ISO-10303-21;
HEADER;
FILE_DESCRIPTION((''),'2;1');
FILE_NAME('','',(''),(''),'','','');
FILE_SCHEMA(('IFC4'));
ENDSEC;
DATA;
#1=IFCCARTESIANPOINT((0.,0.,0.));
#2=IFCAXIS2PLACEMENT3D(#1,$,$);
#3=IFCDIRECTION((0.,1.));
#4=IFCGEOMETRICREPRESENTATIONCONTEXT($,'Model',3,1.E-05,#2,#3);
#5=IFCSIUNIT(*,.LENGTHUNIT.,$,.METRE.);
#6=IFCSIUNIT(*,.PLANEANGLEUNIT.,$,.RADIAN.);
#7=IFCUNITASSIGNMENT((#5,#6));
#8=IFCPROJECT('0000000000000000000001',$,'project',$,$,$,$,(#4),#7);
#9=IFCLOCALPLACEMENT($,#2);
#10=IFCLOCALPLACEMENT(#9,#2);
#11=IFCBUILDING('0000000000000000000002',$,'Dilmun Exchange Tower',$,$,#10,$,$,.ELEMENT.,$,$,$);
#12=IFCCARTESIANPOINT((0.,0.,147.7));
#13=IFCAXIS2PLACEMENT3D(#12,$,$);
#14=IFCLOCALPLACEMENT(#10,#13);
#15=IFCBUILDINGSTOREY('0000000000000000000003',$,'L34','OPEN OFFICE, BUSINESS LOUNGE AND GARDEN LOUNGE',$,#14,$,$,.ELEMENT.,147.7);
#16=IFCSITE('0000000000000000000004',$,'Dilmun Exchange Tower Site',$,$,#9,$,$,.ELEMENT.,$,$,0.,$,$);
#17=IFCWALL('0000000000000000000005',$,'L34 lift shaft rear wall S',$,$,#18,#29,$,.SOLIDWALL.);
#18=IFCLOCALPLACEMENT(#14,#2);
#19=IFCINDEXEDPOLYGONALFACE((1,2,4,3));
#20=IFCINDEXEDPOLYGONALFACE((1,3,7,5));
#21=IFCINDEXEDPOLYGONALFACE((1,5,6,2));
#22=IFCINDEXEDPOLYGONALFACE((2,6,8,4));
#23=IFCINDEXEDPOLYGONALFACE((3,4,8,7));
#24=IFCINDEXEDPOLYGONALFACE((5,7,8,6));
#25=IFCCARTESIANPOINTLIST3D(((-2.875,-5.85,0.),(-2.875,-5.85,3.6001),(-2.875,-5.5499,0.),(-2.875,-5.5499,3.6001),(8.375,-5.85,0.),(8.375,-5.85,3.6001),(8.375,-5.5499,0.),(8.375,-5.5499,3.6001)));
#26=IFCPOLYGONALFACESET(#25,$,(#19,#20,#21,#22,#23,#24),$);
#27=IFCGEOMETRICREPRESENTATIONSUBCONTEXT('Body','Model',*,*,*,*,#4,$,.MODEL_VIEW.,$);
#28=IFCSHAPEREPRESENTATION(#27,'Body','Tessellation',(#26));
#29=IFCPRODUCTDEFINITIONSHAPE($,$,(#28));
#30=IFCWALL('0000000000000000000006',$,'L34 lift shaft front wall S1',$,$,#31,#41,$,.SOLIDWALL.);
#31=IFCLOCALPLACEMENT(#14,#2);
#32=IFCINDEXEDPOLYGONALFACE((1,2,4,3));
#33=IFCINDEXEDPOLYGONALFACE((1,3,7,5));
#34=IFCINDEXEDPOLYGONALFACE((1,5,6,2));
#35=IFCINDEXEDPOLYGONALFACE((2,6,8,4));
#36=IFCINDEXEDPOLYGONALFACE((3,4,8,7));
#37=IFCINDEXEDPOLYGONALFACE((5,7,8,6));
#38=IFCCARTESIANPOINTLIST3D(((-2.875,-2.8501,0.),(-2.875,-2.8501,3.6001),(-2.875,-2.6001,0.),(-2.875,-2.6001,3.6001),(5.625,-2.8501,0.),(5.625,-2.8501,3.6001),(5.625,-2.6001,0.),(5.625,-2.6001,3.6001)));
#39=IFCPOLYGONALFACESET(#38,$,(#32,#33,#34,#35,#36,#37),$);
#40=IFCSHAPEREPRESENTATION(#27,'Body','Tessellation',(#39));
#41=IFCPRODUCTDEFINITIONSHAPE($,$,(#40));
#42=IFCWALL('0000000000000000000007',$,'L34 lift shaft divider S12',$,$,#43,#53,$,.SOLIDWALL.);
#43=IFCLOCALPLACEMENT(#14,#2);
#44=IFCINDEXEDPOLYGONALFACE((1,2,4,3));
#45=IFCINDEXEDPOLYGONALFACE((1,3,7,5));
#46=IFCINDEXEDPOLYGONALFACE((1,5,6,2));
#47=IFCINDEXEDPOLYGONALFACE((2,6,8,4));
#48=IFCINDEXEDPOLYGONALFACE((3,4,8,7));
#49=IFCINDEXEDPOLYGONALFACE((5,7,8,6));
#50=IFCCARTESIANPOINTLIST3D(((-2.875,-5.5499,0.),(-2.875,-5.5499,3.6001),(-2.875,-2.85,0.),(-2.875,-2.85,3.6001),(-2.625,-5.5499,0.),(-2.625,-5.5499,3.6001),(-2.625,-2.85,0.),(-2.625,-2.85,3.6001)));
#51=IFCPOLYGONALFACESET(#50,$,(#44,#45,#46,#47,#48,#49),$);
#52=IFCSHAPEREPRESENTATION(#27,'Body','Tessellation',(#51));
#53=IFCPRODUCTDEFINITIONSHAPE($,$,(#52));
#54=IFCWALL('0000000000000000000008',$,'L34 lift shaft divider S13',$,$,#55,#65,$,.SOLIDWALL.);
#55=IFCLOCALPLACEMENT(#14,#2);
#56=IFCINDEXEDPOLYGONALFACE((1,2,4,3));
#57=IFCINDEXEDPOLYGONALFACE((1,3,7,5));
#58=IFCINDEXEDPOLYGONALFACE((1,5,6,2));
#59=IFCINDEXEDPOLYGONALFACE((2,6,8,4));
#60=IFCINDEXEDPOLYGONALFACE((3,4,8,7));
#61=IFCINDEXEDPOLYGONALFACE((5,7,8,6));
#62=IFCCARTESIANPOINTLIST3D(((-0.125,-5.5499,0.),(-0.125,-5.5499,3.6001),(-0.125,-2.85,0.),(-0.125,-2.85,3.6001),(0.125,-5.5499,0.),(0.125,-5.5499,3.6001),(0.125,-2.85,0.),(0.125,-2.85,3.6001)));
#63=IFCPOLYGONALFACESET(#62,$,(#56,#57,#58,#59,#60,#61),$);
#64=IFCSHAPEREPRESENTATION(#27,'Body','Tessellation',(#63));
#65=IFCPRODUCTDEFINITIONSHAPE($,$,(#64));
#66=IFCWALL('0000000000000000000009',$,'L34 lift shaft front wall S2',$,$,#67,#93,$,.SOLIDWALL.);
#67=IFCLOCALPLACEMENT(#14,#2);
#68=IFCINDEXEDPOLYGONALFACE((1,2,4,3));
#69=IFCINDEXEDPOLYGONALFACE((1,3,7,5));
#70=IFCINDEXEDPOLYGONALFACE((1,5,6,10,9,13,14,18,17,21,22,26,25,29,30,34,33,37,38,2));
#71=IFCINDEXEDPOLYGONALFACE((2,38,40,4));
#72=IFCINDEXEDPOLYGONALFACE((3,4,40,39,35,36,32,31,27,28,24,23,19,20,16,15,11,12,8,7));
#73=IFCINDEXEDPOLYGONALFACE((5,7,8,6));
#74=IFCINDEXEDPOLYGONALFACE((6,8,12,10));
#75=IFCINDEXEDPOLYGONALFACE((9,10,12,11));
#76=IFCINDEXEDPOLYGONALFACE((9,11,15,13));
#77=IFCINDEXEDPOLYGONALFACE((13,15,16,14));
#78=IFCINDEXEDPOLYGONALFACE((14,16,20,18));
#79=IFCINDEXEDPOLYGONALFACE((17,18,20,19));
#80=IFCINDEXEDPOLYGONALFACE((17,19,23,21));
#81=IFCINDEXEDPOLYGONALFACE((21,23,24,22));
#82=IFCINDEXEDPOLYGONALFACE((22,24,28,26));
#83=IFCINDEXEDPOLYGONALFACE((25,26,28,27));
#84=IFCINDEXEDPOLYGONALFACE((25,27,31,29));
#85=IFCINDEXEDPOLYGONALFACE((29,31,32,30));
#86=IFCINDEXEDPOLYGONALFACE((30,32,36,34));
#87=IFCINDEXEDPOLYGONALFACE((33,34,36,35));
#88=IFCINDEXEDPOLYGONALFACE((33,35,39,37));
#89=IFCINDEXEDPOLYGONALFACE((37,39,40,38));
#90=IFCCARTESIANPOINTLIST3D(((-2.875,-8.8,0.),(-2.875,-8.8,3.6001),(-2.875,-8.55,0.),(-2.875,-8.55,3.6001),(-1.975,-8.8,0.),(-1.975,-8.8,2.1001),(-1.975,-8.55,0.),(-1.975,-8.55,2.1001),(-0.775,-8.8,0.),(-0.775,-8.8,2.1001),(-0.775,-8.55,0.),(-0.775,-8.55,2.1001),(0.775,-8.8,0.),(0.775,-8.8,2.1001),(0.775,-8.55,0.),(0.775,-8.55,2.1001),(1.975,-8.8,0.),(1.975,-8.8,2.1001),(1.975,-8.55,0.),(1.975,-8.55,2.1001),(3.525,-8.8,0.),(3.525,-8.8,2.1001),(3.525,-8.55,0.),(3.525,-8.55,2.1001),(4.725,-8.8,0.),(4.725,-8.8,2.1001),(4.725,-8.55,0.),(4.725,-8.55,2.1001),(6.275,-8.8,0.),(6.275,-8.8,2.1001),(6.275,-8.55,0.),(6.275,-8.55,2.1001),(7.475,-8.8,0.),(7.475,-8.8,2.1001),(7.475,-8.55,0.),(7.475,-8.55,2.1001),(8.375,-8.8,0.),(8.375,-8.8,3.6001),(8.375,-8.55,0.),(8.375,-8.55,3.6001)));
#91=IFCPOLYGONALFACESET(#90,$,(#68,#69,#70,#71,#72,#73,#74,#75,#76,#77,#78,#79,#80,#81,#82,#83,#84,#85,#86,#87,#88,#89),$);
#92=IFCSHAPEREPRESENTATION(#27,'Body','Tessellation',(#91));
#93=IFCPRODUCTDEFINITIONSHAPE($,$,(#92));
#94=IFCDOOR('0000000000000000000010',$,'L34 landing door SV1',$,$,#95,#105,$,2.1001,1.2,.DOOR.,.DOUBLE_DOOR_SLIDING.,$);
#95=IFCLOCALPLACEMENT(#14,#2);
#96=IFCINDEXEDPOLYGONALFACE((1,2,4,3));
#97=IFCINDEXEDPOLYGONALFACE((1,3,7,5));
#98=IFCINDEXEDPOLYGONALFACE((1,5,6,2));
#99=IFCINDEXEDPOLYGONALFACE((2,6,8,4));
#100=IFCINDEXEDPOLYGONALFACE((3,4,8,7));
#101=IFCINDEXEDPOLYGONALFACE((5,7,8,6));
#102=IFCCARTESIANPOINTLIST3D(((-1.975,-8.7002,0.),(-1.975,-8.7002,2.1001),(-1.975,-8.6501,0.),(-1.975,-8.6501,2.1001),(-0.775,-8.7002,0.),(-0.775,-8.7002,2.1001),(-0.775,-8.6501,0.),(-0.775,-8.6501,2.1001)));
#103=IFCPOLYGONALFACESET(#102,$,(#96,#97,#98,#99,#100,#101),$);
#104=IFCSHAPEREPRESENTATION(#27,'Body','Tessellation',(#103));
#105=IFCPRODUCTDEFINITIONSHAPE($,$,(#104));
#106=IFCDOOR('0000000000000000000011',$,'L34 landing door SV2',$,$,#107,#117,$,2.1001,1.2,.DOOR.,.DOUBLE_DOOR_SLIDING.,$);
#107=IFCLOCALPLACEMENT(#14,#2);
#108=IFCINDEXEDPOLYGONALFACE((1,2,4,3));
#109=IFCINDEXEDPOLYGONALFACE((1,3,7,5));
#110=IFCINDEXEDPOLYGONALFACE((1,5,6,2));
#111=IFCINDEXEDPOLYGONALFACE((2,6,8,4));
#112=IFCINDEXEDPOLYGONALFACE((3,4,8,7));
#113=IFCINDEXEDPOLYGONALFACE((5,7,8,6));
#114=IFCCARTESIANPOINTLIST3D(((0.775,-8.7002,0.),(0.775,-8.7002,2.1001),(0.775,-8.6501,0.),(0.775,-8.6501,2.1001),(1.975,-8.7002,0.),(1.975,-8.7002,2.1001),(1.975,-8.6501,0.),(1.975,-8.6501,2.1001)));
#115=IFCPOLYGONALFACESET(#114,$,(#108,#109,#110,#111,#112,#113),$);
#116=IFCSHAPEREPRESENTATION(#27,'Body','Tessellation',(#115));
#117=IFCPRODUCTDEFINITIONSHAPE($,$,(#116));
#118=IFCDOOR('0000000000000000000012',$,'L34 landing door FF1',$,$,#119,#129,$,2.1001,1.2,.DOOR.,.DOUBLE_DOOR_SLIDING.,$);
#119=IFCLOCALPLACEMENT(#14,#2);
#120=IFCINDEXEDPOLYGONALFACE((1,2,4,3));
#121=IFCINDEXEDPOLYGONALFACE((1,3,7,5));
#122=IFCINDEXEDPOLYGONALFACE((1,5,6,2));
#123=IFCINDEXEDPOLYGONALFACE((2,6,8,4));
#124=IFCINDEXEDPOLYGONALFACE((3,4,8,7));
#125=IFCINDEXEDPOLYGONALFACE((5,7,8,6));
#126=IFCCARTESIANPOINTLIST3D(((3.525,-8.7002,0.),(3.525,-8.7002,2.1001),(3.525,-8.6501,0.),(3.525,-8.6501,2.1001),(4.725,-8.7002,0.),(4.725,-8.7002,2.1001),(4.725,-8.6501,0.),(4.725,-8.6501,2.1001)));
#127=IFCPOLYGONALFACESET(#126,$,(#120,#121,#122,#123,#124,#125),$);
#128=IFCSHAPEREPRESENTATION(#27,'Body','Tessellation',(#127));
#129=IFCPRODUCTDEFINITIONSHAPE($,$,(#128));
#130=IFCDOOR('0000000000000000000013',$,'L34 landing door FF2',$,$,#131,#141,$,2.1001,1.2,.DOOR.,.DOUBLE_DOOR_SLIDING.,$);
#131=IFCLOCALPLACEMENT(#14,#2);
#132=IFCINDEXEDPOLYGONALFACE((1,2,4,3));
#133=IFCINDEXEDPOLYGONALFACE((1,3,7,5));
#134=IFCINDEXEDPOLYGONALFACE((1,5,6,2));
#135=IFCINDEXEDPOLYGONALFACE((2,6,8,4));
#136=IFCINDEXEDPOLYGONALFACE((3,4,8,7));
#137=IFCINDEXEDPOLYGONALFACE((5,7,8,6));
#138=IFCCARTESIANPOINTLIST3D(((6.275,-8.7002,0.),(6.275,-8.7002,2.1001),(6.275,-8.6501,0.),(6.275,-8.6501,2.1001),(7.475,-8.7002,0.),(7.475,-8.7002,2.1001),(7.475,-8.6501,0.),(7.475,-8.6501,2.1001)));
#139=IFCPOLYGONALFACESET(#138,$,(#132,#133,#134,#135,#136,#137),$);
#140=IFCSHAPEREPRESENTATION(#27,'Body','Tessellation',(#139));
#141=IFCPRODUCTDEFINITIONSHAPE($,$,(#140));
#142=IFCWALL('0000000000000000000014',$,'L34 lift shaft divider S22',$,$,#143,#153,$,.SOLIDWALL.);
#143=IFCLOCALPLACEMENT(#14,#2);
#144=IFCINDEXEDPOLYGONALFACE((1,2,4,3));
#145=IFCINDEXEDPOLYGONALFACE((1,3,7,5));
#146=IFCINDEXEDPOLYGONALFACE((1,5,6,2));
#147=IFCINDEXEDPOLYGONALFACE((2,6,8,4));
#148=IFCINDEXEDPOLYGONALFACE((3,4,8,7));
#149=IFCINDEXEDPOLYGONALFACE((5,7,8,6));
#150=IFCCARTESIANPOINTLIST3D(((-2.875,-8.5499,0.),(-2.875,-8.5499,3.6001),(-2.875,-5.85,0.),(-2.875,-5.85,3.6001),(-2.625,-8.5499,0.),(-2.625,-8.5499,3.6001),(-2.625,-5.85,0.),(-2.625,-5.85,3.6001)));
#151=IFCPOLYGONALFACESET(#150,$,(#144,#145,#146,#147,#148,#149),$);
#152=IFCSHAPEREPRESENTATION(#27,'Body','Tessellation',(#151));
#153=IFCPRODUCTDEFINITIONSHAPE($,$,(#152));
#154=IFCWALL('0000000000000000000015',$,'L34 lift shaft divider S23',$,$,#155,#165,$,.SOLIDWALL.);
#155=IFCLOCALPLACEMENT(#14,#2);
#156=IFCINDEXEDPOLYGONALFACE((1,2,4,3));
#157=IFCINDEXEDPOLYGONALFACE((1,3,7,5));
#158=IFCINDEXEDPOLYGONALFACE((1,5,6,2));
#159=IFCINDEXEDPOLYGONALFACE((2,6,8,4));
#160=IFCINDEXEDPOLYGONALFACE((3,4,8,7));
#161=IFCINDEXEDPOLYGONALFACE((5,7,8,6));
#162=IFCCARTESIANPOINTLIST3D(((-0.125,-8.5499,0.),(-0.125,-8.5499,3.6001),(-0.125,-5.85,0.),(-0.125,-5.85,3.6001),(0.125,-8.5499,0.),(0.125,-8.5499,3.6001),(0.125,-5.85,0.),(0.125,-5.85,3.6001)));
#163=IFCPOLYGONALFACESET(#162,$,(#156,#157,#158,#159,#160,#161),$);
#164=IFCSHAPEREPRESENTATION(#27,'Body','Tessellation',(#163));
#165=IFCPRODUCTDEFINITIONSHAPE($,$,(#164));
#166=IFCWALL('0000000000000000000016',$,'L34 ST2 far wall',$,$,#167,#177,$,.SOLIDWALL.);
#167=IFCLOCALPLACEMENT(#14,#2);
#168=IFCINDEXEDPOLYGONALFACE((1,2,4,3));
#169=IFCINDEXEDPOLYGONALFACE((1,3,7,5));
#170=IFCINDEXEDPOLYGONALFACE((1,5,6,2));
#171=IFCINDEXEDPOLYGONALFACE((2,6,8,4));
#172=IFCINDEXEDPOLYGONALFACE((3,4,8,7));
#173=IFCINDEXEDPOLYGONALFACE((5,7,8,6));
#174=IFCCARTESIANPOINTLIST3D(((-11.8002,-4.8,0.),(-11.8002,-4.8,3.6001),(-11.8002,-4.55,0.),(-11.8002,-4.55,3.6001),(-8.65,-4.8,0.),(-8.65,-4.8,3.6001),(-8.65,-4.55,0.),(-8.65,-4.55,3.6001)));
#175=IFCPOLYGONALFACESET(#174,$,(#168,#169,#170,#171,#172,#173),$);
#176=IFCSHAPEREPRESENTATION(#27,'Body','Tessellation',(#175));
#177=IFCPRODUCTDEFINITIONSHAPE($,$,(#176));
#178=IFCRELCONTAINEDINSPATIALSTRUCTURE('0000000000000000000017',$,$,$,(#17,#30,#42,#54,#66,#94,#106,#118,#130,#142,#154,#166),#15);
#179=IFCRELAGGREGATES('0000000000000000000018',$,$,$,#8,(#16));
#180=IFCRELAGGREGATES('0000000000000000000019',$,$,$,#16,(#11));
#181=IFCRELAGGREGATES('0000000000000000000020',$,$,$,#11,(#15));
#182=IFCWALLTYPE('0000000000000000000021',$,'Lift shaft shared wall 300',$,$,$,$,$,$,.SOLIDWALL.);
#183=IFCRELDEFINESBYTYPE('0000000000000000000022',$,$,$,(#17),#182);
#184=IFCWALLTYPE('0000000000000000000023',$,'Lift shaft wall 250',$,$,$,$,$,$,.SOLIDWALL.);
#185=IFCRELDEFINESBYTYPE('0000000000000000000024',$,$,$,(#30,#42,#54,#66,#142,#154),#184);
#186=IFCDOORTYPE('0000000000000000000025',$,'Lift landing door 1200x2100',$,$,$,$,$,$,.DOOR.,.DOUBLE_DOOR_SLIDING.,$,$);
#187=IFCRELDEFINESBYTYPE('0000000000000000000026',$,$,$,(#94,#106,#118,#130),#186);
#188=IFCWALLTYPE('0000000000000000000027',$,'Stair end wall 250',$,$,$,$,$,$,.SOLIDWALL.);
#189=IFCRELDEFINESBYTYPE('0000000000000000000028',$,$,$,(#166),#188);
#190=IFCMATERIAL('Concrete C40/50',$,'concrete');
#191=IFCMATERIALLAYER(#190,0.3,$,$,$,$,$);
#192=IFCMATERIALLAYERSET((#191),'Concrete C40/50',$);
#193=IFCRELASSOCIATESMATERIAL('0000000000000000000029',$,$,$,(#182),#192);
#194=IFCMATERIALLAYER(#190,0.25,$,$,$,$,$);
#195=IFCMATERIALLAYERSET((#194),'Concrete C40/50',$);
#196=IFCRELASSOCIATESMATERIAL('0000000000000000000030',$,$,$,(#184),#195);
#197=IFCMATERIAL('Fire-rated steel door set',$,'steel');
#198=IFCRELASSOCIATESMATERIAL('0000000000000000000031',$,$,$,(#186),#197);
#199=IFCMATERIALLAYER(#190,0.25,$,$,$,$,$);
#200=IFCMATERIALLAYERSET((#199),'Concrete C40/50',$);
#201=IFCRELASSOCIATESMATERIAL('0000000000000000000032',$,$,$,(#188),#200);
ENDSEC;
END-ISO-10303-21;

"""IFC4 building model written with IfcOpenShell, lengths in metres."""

from ifc_helpers import new_model, si_unit, direction, frame, frame_2d, origin, place, context, subcontext, project, spatial, rectangle, extrude, material, layer, layer_set, type_object, element, fill, save


model = new_model("IFC4")

# Units and contexts
model_context = context("Model", 3, precision=1e-05, world=origin(), true_north=direction((0.0, 1.0)))
body_context = subcontext(model_context, "Body", "Model", "MODEL_VIEW")
ifc_project = project(units=[si_unit("LENGTHUNIT", "METRE"), si_unit("PLANEANGLEUNIT", "RADIAN")], contexts=[model_context])

# Site, building, storey
site_placement = place(None, origin())
site = spatial("IfcSite", under=ifc_project, at=site_placement, Name="Dilmun Exchange Tower Site", CompositionType="ELEMENT", RefElevation=0.0)
building_placement = place(site_placement, origin())
building = spatial("IfcBuilding", under=site, at=building_placement, Name="Dilmun Exchange Tower", CompositionType="ELEMENT")
storey_placement = place(building_placement, frame((0.0, 0.0, 147.7)))
storey = spatial("IfcBuildingStorey", under=building, at=storey_placement, Name="L34", Description="OPEN OFFICE, BUSINESS LOUNGE AND GARDEN LOUNGE", CompositionType="ELEMENT", Elevation=147.7)

# Shared definitions
ifc_material_1 = material(Name="Concrete C40/50", Category="concrete")

# Shared definitions
ifc_material_2 = material(Name="Fire-rated steel door set", Category="steel")

# Walls
ifc_layer_1 = layer(ifc_material_1, 0.3)
ifc_layer_set_1 = layer_set([ifc_layer_1], Name="Concrete C40/50")
wall_type_1 = type_object("IfcWallType", Name="Lift shaft shared wall 300", PredefinedType="SOLIDWALL", material=ifc_layer_set_1)
wall_1_placement = place(storey_placement, frame((-2.875, -5.7, 0.0), z_axis=(0.0, 0.0, 1.0), x_axis=(1.0, 0.0, 0.0)))
element("IfcWall", 1, at=wall_1_placement, inside=storey, type_object=wall_type_1, Name="L34 lift shaft rear wall S", PredefinedType="SOLIDWALL", context=body_context, shape_type="SweptSolid", body=[
    extrude(rectangle(XDim=11.25, YDim=0.3, at=frame_2d((5.625, 0.0))), origin(), (0.0, 0.0, 1.0), 3.6001),
])
ifc_layer_2 = layer(ifc_material_1, 0.25)
ifc_layer_set_2 = layer_set([ifc_layer_2], Name="Concrete C40/50")
wall_type_2 = type_object("IfcWallType", Name="Lift shaft wall 250", PredefinedType="SOLIDWALL", material=ifc_layer_set_2)
wall_2_placement = place(storey_placement, frame((-2.875, -2.7251, 0.0), z_axis=(0.0, 0.0, 1.0), x_axis=(1.0, 0.0, 0.0)))
element("IfcWall", 2, at=wall_2_placement, inside=storey, type_object=wall_type_2, Name="L34 lift shaft front wall S1", PredefinedType="SOLIDWALL", context=body_context, shape_type="SweptSolid", body=[
    extrude(rectangle(XDim=8.5, YDim=0.25, at=frame_2d((4.25, 0.0))), origin(), (0.0, 0.0, 1.0), 3.6001),
])
for number, where, z_axis, x_axis, name in (
    (3, (-2.75, -5.55, 0.0), (0.0, 0.0, 1.0), (0.0, 1.0, 0.0), "L34 lift shaft divider S12"),
    (4, (0.0, -5.55, 0.0), (0.0, 0.0, 1.0), (0.0, 1.0, 0.0), "L34 lift shaft divider S13"),
):
    element("IfcWall", number, at=place(storey_placement, frame(where, z_axis=z_axis, x_axis=x_axis)), inside=storey, type_object=wall_type_2, Name=name, PredefinedType="SOLIDWALL", context=body_context, shape_type="SweptSolid", body=[
        extrude(rectangle(XDim=2.7, YDim=0.25, at=frame_2d((1.3501, 0.0))), origin(), (0.0, 0.0, 1.0), 3.6001),
    ])

# Wall, openings, doors
wall_3_placement = place(storey_placement, frame((-2.875, -8.675, 0.0), z_axis=(0.0, 0.0, 1.0), x_axis=(1.0, 0.0, 0.0)))
wall_3 = element("IfcWall", 5, at=wall_3_placement, inside=storey, type_object=wall_type_2, Name="L34 lift shaft front wall S2", PredefinedType="SOLIDWALL", context=body_context, shape_type="SweptSolid", body=[
    extrude(rectangle(XDim=11.25, YDim=0.25, at=frame_2d((5.625, 0.0))), origin(), (0.0, 0.0, 1.0), 3.6001),
])
opening_1_placement = place(wall_3_placement, frame((0.8999, 0.0, 0.0)))
opening_1 = element("IfcOpeningElement", 6, at=opening_1_placement, cuts=wall_3, PredefinedType="OPENING", context=body_context, shape_type="SweptSolid", body=[
    extrude(rectangle(XDim=1.2, YDim=2.1001, at=frame_2d((0.6001, 1.05))), frame((0.0, 0.135, 0.0), z_axis=(0.0, -1.0, 0.0), x_axis=(1.0, 0.0, 0.0)), (0.0, 0.0, 1.0), 0.27),
])
opening_2_placement = place(wall_3_placement, frame((3.6499, 0.0, 0.0)))
opening_2 = element("IfcOpeningElement", 7, at=opening_2_placement, cuts=wall_3, PredefinedType="OPENING", context=body_context, shape_type="SweptSolid", body=[
    extrude(rectangle(XDim=1.2, YDim=2.1001, at=frame_2d((0.6001, 1.05))), frame((0.0, 0.135, 0.0), z_axis=(0.0, -1.0, 0.0), x_axis=(1.0, 0.0, 0.0)), (0.0, 0.0, 1.0), 0.27),
])
opening_3_placement = place(wall_3_placement, frame((6.3999, 0.0, 0.0)))
opening_3 = element("IfcOpeningElement", 8, at=opening_3_placement, cuts=wall_3, PredefinedType="OPENING", context=body_context, shape_type="SweptSolid", body=[
    extrude(rectangle(XDim=1.2, YDim=2.1001, at=frame_2d((0.6001, 1.05))), frame((0.0, 0.135, 0.0), z_axis=(0.0, -1.0, 0.0), x_axis=(1.0, 0.0, 0.0)), (0.0, 0.0, 1.0), 0.27),
])
opening_4_placement = place(wall_3_placement, frame((9.1499, 0.0, 0.0)))
opening_4 = element("IfcOpeningElement", 9, at=opening_4_placement, cuts=wall_3, PredefinedType="OPENING", context=body_context, shape_type="SweptSolid", body=[
    extrude(rectangle(XDim=1.2, YDim=2.1001, at=frame_2d((0.6001, 1.05))), frame((0.0, 0.135, 0.0), z_axis=(0.0, -1.0, 0.0), x_axis=(1.0, 0.0, 0.0)), (0.0, 0.0, 1.0), 0.27),
])
door_type_1 = type_object("IfcDoorType", Name="Lift landing door 1200x2100", OperationType="DOUBLE_DOOR_SLIDING", PredefinedType="DOOR", material=ifc_material_2)
door_1_placement = place(opening_1_placement, origin())
door_1 = element("IfcDoor", 10, at=door_1_placement, inside=storey, type_object=door_type_1, Name="L34 landing door SV1", OperationType="DOUBLE_DOOR_SLIDING", OverallHeight=2.1001, OverallWidth=1.2, PredefinedType="DOOR", context=body_context, shape_type="SweptSolid", body=[
    extrude(rectangle(XDim=1.2, YDim=2.1001, at=frame_2d((0.6001, 1.05))), frame((0.0, 0.0249, 0.0), z_axis=(0.0, -1.0, 0.0), x_axis=(1.0, 0.0, 0.0)), (0.0, 0.0, 1.0), 0.05),
])
fill(opening_1, door_1)
door_2_placement = place(opening_2_placement, origin())
door_2 = element("IfcDoor", 11, at=door_2_placement, inside=storey, type_object=door_type_1, Name="L34 landing door SV2", OperationType="DOUBLE_DOOR_SLIDING", OverallHeight=2.1001, OverallWidth=1.2, PredefinedType="DOOR", context=body_context, shape_type="SweptSolid", body=[
    extrude(rectangle(XDim=1.2, YDim=2.1001, at=frame_2d((0.6001, 1.05))), frame((0.0, 0.0249, 0.0), z_axis=(0.0, -1.0, 0.0), x_axis=(1.0, 0.0, 0.0)), (0.0, 0.0, 1.0), 0.05),
])
fill(opening_2, door_2)
door_3_placement = place(opening_3_placement, origin())
door_3 = element("IfcDoor", 12, at=door_3_placement, inside=storey, type_object=door_type_1, Name="L34 landing door FF1", OperationType="DOUBLE_DOOR_SLIDING", OverallHeight=2.1001, OverallWidth=1.2, PredefinedType="DOOR", context=body_context, shape_type="SweptSolid", body=[
    extrude(rectangle(XDim=1.2, YDim=2.1001, at=frame_2d((0.6001, 1.05))), frame((0.0, 0.0249, 0.0), z_axis=(0.0, -1.0, 0.0), x_axis=(1.0, 0.0, 0.0)), (0.0, 0.0, 1.0), 0.05),
])
fill(opening_3, door_3)
door_4_placement = place(opening_4_placement, origin())
door_4 = element("IfcDoor", 13, at=door_4_placement, inside=storey, type_object=door_type_1, Name="L34 landing door FF2", OperationType="DOUBLE_DOOR_SLIDING", OverallHeight=2.1001, OverallWidth=1.2, PredefinedType="DOOR", context=body_context, shape_type="SweptSolid", body=[
    extrude(rectangle(XDim=1.2, YDim=2.1001, at=frame_2d((0.6001, 1.05))), frame((0.0, 0.0249, 0.0), z_axis=(0.0, -1.0, 0.0), x_axis=(1.0, 0.0, 0.0)), (0.0, 0.0, 1.0), 0.05),
])
fill(opening_4, door_4)

# Walls
for number, where, z_axis, x_axis, name in (
    (14, (-2.75, -8.55, 0.0), (0.0, 0.0, 1.0), (0.0, 1.0, 0.0), "L34 lift shaft divider S22"),
    (15, (0.0, -8.55, 0.0), (0.0, 0.0, 1.0), (0.0, 1.0, 0.0), "L34 lift shaft divider S23"),
):
    element("IfcWall", number, at=place(storey_placement, frame(where, z_axis=z_axis, x_axis=x_axis)), inside=storey, type_object=wall_type_2, Name=name, PredefinedType="SOLIDWALL", context=body_context, shape_type="SweptSolid", body=[
        extrude(rectangle(XDim=2.7, YDim=0.25, at=frame_2d((1.3501, 0.0))), origin(), (0.0, 0.0, 1.0), 3.6001),
    ])
ifc_layer_3 = layer(ifc_material_1, 0.25)
ifc_layer_set_3 = layer_set([ifc_layer_3], Name="Concrete C40/50")
wall_type_3 = type_object("IfcWallType", Name="Stair end wall 250", PredefinedType="SOLIDWALL", material=ifc_layer_set_3)
wall_4_placement = place(storey_placement, frame((-8.6499, -4.675, 0.0), z_axis=(0.0, 0.0, 1.0), x_axis=(-1.0, 0.0, 0.0)))
element("IfcWall", 16, at=wall_4_placement, inside=storey, type_object=wall_type_3, Name="L34 ST2 far wall", PredefinedType="SOLIDWALL", context=body_context, shape_type="SweptSolid", body=[
    extrude(rectangle(XDim=3.1501, YDim=0.25, at=frame_2d((1.5752, 0.0))), origin(), (0.0, 0.0, 1.0), 3.6001),
])

save(model, "model.ifc")
